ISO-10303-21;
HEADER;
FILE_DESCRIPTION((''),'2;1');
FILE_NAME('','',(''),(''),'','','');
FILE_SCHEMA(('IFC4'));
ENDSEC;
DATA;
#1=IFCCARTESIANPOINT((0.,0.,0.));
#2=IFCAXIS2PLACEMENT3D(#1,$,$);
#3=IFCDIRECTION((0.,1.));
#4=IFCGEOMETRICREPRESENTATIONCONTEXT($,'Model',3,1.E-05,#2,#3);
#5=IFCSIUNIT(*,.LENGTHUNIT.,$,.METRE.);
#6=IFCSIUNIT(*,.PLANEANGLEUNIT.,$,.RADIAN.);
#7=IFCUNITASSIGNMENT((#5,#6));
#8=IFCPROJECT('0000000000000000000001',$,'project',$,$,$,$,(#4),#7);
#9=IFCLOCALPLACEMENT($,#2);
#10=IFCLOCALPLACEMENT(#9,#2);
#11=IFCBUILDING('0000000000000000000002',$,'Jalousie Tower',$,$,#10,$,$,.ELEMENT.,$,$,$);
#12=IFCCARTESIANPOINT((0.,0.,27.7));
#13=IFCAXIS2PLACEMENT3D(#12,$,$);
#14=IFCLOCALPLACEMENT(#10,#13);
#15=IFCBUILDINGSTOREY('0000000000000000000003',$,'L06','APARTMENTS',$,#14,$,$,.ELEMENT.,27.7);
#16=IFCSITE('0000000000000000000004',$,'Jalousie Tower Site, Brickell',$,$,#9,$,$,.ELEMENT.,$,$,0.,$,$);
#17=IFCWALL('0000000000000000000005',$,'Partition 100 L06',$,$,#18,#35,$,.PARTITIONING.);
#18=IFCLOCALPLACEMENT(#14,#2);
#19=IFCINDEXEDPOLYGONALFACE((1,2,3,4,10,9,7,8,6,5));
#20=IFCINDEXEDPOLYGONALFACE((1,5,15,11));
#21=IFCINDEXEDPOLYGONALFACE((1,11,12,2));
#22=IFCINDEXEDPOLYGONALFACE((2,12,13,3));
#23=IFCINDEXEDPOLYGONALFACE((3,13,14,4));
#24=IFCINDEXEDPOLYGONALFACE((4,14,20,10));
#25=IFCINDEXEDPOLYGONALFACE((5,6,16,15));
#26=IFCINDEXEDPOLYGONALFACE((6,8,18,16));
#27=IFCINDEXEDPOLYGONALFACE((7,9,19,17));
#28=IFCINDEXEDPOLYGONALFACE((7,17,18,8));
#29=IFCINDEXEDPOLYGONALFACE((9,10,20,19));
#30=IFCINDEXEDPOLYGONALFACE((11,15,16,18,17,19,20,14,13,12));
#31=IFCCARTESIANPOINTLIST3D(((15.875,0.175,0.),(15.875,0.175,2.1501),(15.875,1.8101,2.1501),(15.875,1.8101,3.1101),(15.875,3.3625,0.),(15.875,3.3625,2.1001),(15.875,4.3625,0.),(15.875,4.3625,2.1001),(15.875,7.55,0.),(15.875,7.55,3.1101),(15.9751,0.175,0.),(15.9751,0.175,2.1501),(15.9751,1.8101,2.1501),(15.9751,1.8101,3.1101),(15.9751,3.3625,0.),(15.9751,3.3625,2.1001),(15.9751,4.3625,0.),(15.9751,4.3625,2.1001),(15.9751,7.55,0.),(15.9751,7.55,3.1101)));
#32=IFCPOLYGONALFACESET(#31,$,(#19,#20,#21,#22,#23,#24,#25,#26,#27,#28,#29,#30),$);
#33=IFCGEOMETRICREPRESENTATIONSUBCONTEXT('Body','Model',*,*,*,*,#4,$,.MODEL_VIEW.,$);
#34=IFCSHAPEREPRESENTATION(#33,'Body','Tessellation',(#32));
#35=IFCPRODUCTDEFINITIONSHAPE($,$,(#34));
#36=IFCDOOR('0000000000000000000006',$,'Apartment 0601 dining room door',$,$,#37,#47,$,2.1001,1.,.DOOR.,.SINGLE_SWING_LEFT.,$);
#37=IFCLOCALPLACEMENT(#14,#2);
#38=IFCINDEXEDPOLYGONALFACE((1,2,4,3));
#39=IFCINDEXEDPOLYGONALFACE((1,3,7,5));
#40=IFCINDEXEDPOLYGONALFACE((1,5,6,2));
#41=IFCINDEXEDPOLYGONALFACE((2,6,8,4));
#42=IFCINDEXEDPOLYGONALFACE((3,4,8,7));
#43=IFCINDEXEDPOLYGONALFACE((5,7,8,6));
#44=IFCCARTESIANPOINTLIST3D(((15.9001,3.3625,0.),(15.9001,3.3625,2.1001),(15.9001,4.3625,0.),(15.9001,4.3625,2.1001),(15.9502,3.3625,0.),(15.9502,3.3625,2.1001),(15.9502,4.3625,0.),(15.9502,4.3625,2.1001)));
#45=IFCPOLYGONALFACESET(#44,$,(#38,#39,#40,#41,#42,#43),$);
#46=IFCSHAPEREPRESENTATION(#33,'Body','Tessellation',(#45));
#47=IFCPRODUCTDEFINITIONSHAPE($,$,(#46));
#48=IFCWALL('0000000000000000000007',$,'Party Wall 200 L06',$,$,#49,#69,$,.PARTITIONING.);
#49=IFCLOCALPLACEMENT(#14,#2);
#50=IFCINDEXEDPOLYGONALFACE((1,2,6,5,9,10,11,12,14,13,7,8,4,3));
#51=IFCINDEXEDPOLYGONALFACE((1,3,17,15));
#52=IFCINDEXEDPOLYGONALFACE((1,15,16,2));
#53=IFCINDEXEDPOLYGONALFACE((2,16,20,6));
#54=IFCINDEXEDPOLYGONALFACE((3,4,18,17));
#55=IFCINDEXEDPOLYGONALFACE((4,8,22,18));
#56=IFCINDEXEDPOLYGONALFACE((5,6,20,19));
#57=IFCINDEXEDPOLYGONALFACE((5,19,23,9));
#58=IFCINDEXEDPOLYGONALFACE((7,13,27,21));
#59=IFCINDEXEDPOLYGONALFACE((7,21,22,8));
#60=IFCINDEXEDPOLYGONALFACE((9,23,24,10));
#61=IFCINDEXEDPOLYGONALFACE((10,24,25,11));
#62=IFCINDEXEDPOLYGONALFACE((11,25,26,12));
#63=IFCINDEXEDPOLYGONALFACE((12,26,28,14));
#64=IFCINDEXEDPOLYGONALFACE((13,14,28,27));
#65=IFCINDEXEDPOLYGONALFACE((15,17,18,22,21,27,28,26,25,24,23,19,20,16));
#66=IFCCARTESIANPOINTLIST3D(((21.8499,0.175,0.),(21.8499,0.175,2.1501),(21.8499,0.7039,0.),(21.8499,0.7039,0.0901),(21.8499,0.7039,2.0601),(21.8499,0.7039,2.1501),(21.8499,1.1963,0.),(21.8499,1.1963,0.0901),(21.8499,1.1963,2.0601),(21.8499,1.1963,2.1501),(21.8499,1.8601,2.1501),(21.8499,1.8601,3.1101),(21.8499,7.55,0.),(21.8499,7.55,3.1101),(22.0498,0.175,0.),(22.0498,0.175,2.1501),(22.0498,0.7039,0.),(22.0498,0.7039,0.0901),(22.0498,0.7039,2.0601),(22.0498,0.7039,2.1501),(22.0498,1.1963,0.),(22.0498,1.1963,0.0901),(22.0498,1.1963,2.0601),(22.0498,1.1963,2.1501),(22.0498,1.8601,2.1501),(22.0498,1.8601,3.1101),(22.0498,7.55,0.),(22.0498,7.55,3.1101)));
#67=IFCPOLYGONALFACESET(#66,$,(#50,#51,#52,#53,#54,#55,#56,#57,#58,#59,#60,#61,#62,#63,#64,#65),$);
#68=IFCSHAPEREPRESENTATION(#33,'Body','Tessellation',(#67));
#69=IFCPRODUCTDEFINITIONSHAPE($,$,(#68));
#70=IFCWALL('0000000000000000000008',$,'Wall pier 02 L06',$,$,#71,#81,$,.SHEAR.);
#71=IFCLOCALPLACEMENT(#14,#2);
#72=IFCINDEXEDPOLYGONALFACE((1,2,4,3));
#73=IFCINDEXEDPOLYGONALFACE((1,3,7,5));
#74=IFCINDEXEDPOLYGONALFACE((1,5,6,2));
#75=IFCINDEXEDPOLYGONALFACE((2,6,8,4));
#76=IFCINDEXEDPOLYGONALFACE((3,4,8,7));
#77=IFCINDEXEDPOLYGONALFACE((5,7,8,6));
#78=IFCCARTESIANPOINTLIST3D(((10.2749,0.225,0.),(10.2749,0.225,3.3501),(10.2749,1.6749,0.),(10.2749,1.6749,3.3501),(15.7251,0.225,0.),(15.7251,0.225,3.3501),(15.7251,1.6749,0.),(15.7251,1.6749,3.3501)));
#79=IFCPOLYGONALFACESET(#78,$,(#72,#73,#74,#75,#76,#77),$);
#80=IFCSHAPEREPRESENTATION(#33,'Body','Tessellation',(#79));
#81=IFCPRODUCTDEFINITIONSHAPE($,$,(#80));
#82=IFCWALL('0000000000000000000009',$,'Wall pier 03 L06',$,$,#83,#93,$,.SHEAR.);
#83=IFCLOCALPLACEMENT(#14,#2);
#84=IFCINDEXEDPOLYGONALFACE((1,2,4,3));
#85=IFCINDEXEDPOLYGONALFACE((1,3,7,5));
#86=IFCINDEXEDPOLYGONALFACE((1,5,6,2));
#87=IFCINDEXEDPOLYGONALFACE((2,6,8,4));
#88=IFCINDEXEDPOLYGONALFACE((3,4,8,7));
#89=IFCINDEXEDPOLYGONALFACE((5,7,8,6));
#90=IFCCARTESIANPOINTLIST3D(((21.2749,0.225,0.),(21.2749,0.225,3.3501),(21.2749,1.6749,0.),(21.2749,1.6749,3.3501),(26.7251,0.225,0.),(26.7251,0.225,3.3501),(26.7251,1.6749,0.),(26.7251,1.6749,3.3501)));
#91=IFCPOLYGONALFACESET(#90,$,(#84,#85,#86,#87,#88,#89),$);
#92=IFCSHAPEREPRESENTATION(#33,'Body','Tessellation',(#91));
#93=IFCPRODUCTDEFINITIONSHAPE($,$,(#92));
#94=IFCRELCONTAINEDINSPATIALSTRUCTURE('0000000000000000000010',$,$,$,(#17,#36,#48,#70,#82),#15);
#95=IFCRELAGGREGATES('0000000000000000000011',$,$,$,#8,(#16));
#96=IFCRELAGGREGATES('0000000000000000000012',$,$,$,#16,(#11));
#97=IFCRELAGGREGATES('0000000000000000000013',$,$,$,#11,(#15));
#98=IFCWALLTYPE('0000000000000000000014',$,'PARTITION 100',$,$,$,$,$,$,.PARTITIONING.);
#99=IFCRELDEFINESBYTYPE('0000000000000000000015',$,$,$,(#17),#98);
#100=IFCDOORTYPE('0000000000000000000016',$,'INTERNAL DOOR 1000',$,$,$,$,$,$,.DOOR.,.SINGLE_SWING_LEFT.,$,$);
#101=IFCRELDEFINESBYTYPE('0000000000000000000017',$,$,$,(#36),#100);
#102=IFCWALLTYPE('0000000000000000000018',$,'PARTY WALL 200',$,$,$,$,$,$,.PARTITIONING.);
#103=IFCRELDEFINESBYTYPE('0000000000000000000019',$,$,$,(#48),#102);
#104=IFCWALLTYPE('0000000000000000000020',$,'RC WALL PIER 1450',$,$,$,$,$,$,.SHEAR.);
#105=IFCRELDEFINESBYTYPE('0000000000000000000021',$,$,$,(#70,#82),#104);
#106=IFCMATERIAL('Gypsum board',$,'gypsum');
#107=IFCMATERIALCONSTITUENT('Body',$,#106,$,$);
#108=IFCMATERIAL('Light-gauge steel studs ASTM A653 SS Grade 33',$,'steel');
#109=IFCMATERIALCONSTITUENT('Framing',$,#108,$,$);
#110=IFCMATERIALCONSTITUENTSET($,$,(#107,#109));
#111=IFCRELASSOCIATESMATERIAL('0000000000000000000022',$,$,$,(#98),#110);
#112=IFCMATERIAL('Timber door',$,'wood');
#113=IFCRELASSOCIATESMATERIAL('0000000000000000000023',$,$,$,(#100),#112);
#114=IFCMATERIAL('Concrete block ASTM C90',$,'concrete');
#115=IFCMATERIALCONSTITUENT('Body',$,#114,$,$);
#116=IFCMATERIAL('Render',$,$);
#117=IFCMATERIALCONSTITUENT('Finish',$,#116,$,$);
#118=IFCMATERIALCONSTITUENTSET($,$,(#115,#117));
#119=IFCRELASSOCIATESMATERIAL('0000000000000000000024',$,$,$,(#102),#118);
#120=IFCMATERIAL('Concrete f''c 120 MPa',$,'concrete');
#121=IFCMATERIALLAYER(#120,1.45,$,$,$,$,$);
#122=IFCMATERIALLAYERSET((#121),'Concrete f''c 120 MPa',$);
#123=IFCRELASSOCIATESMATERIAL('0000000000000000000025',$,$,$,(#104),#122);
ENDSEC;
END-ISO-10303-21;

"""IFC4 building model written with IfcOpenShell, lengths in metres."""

from ifc_helpers import new_model, si_unit, direction, frame, frame_2d, origin, place, context, subcontext, project, spatial, polyline, rectangle, outline, extrude, material, layer, layer_set, constituent, constituent_set, type_object, element, fill, save


model = new_model("IFC4")

# Units and contexts
model_context = context("Model", 3, precision=1e-05, world=origin(), true_north=direction((0.0, 1.0)))
body_context = subcontext(model_context, "Body", "Model", "MODEL_VIEW")
ifc_project = project(units=[si_unit("LENGTHUNIT", "METRE"), si_unit("PLANEANGLEUNIT", "RADIAN")], contexts=[model_context])

# Site, building, storey
site_placement = place(None, origin())
site = spatial("IfcSite", under=ifc_project, at=site_placement, Name="Jalousie Tower Site, Brickell", CompositionType="ELEMENT", RefElevation=0.0)
building_placement = place(site_placement, origin())
building = spatial("IfcBuilding", under=site, at=building_placement, Name="Jalousie Tower", CompositionType="ELEMENT")
storey_placement = place(building_placement, frame((0.0, 0.0, 27.7)))
storey = spatial("IfcBuildingStorey", under=building, at=storey_placement, Name="L06", Description="APARTMENTS", CompositionType="ELEMENT", Elevation=27.7)

# Wall, opening, door
ifc_material_1 = material(Name="Gypsum board", Category="gypsum")
ifc_constituent_1 = constituent(ifc_material_1, Name="Body")
ifc_material_2 = material(Name="Light-gauge steel studs ASTM A653 SS Grade 33", Category="steel")
ifc_constituent_2 = constituent(ifc_material_2, Name="Framing")
ifc_constituent_set_1 = constituent_set(constituents=[ifc_constituent_1, ifc_constituent_2])
wall_type_1 = type_object("IfcWallType", Name="PARTITION 100", PredefinedType="PARTITIONING", material=ifc_constituent_set_1)
wall_1_placement = place(storey_placement, frame((15.925, 0.175, 0.0), z_axis=(0.0, 0.0, 1.0), x_axis=(0.0, 1.0, 0.0)))
wall_1 = element("IfcWall", 1, at=wall_1_placement, inside=storey, type_object=wall_type_1, Name="Partition 100 L06", PredefinedType="PARTITIONING", context=body_context, shape_type="SweptSolid", body=[
    extrude(outline(polyline([(0.0, 0.0), (7.375, 0.0), (7.375, 3.1101), (1.635, 3.1101), (1.635, 2.1501), (0.0, 2.1501), (0.0, 3.1101), (0.0, 0.0)])), frame((0.0, 0.05, 0.0), z_axis=(0.0, -1.0, 0.0), x_axis=(1.0, 0.0, 0.0)), (0.0, 0.0, 1.0), 0.1001),
])
opening_placement = place(wall_1_placement, frame((3.1875, 0.0, 0.0)))
opening = element("IfcOpeningElement", 2, at=opening_placement, cuts=wall_1, PredefinedType="OPENING", context=body_context, shape_type="SweptSolid", body=[
    extrude(rectangle(XDim=1.0, YDim=2.1001, at=frame_2d((0.5, 1.05))), frame((0.0, 0.0601, 0.0), z_axis=(0.0, -1.0, 0.0), x_axis=(1.0, 0.0, 0.0)), (0.0, 0.0, 1.0), 0.1201),
])
ifc_material_3 = material(Name="Timber door", Category="wood")
door_type = type_object("IfcDoorType", Name="INTERNAL DOOR 1000", OperationType="SINGLE_SWING_LEFT", PredefinedType="DOOR", material=ifc_material_3)
door_placement = place(opening_placement, origin())
door = element("IfcDoor", 3, at=door_placement, inside=storey, type_object=door_type, Name="Apartment 0601 dining room door", OperationType="SINGLE_SWING_LEFT", OverallHeight=2.1001, OverallWidth=1.0, PredefinedType="DOOR", context=body_context, shape_type="SweptSolid", body=[
    extrude(rectangle(XDim=1.0, YDim=2.1001, at=frame_2d((0.5, 1.05))), frame((0.0, 0.0249, 0.0), z_axis=(0.0, -1.0, 0.0), x_axis=(1.0, 0.0, 0.0)), (0.0, 0.0, 1.0), 0.05),
])
fill(opening, door)

# Walls
ifc_material_4 = material(Name="Concrete block ASTM C90", Category="concrete")
ifc_constituent_3 = constituent(ifc_material_4, Name="Body")
ifc_material_5 = material(Name="Render")
ifc_constituent_4 = constituent(ifc_material_5, Name="Finish")
ifc_constituent_set_2 = constituent_set(constituents=[ifc_constituent_3, ifc_constituent_4])
wall_type_2 = type_object("IfcWallType", Name="PARTY WALL 200", PredefinedType="PARTITIONING", material=ifc_constituent_set_2)
wall_2_placement = place(storey_placement, frame((21.95, 0.175, 0.0), z_axis=(0.0, 0.0, 1.0), x_axis=(0.0, 1.0, 0.0)))
element("IfcWall", 4, at=wall_2_placement, inside=storey, type_object=wall_type_2, Name="Party Wall 200 L06", PredefinedType="PARTITIONING", context=body_context, shape_type="SweptSolid", body=[
    extrude(outline(polyline([(0.5288, 2.1501), (0.0, 2.1501), (0.0, 0.0), (0.5288, 0.0), (0.5288, 0.0901), (1.0212, 0.0901), (1.0212, 0.0), (7.375, 0.0), (7.375, 3.1101), (1.6851, 3.1101), (1.6851, 2.1501), (1.0212, 2.1501), (1.0212, 2.0601), (0.5288, 2.0601), (0.5288, 2.1501)])), frame((0.0, 0.1001, 0.0), z_axis=(0.0, -1.0, 0.0), x_axis=(1.0, 0.0, 0.0)), (0.0, 0.0, 1.0), 0.2),
])
ifc_material_6 = material(Name="Concrete f'c 120 MPa", Category="concrete")
ifc_layer_1 = layer(ifc_material_6, 1.45)
ifc_layer_set_1 = layer_set([ifc_layer_1], Name="Concrete f'c 120 MPa")
wall_type_3 = type_object("IfcWallType", Name="RC WALL PIER 1450", PredefinedType="SHEAR", material=ifc_layer_set_1)
for number, where, z_axis, x_axis, name in (
    (5, (10.2749, 0.95, 0.0), (0.0, 0.0, 1.0), (1.0, 0.0, 0.0), "Wall pier 02 L06"),
    (6, (21.2749, 0.95, 0.0), (0.0, 0.0, 1.0), (1.0, 0.0, 0.0), "Wall pier 03 L06"),
):
    element("IfcWall", number, at=place(storey_placement, frame(where, z_axis=z_axis, x_axis=x_axis)), inside=storey, type_object=wall_type_3, Name=name, PredefinedType="SHEAR", context=body_context, shape_type="SweptSolid", body=[
        extrude(rectangle(XDim=5.4502, YDim=1.45, at=frame_2d((2.7251, 0.0))), origin(), (0.0, 0.0, 1.0), 3.3501),
    ])

save(model, "model.ifc")
